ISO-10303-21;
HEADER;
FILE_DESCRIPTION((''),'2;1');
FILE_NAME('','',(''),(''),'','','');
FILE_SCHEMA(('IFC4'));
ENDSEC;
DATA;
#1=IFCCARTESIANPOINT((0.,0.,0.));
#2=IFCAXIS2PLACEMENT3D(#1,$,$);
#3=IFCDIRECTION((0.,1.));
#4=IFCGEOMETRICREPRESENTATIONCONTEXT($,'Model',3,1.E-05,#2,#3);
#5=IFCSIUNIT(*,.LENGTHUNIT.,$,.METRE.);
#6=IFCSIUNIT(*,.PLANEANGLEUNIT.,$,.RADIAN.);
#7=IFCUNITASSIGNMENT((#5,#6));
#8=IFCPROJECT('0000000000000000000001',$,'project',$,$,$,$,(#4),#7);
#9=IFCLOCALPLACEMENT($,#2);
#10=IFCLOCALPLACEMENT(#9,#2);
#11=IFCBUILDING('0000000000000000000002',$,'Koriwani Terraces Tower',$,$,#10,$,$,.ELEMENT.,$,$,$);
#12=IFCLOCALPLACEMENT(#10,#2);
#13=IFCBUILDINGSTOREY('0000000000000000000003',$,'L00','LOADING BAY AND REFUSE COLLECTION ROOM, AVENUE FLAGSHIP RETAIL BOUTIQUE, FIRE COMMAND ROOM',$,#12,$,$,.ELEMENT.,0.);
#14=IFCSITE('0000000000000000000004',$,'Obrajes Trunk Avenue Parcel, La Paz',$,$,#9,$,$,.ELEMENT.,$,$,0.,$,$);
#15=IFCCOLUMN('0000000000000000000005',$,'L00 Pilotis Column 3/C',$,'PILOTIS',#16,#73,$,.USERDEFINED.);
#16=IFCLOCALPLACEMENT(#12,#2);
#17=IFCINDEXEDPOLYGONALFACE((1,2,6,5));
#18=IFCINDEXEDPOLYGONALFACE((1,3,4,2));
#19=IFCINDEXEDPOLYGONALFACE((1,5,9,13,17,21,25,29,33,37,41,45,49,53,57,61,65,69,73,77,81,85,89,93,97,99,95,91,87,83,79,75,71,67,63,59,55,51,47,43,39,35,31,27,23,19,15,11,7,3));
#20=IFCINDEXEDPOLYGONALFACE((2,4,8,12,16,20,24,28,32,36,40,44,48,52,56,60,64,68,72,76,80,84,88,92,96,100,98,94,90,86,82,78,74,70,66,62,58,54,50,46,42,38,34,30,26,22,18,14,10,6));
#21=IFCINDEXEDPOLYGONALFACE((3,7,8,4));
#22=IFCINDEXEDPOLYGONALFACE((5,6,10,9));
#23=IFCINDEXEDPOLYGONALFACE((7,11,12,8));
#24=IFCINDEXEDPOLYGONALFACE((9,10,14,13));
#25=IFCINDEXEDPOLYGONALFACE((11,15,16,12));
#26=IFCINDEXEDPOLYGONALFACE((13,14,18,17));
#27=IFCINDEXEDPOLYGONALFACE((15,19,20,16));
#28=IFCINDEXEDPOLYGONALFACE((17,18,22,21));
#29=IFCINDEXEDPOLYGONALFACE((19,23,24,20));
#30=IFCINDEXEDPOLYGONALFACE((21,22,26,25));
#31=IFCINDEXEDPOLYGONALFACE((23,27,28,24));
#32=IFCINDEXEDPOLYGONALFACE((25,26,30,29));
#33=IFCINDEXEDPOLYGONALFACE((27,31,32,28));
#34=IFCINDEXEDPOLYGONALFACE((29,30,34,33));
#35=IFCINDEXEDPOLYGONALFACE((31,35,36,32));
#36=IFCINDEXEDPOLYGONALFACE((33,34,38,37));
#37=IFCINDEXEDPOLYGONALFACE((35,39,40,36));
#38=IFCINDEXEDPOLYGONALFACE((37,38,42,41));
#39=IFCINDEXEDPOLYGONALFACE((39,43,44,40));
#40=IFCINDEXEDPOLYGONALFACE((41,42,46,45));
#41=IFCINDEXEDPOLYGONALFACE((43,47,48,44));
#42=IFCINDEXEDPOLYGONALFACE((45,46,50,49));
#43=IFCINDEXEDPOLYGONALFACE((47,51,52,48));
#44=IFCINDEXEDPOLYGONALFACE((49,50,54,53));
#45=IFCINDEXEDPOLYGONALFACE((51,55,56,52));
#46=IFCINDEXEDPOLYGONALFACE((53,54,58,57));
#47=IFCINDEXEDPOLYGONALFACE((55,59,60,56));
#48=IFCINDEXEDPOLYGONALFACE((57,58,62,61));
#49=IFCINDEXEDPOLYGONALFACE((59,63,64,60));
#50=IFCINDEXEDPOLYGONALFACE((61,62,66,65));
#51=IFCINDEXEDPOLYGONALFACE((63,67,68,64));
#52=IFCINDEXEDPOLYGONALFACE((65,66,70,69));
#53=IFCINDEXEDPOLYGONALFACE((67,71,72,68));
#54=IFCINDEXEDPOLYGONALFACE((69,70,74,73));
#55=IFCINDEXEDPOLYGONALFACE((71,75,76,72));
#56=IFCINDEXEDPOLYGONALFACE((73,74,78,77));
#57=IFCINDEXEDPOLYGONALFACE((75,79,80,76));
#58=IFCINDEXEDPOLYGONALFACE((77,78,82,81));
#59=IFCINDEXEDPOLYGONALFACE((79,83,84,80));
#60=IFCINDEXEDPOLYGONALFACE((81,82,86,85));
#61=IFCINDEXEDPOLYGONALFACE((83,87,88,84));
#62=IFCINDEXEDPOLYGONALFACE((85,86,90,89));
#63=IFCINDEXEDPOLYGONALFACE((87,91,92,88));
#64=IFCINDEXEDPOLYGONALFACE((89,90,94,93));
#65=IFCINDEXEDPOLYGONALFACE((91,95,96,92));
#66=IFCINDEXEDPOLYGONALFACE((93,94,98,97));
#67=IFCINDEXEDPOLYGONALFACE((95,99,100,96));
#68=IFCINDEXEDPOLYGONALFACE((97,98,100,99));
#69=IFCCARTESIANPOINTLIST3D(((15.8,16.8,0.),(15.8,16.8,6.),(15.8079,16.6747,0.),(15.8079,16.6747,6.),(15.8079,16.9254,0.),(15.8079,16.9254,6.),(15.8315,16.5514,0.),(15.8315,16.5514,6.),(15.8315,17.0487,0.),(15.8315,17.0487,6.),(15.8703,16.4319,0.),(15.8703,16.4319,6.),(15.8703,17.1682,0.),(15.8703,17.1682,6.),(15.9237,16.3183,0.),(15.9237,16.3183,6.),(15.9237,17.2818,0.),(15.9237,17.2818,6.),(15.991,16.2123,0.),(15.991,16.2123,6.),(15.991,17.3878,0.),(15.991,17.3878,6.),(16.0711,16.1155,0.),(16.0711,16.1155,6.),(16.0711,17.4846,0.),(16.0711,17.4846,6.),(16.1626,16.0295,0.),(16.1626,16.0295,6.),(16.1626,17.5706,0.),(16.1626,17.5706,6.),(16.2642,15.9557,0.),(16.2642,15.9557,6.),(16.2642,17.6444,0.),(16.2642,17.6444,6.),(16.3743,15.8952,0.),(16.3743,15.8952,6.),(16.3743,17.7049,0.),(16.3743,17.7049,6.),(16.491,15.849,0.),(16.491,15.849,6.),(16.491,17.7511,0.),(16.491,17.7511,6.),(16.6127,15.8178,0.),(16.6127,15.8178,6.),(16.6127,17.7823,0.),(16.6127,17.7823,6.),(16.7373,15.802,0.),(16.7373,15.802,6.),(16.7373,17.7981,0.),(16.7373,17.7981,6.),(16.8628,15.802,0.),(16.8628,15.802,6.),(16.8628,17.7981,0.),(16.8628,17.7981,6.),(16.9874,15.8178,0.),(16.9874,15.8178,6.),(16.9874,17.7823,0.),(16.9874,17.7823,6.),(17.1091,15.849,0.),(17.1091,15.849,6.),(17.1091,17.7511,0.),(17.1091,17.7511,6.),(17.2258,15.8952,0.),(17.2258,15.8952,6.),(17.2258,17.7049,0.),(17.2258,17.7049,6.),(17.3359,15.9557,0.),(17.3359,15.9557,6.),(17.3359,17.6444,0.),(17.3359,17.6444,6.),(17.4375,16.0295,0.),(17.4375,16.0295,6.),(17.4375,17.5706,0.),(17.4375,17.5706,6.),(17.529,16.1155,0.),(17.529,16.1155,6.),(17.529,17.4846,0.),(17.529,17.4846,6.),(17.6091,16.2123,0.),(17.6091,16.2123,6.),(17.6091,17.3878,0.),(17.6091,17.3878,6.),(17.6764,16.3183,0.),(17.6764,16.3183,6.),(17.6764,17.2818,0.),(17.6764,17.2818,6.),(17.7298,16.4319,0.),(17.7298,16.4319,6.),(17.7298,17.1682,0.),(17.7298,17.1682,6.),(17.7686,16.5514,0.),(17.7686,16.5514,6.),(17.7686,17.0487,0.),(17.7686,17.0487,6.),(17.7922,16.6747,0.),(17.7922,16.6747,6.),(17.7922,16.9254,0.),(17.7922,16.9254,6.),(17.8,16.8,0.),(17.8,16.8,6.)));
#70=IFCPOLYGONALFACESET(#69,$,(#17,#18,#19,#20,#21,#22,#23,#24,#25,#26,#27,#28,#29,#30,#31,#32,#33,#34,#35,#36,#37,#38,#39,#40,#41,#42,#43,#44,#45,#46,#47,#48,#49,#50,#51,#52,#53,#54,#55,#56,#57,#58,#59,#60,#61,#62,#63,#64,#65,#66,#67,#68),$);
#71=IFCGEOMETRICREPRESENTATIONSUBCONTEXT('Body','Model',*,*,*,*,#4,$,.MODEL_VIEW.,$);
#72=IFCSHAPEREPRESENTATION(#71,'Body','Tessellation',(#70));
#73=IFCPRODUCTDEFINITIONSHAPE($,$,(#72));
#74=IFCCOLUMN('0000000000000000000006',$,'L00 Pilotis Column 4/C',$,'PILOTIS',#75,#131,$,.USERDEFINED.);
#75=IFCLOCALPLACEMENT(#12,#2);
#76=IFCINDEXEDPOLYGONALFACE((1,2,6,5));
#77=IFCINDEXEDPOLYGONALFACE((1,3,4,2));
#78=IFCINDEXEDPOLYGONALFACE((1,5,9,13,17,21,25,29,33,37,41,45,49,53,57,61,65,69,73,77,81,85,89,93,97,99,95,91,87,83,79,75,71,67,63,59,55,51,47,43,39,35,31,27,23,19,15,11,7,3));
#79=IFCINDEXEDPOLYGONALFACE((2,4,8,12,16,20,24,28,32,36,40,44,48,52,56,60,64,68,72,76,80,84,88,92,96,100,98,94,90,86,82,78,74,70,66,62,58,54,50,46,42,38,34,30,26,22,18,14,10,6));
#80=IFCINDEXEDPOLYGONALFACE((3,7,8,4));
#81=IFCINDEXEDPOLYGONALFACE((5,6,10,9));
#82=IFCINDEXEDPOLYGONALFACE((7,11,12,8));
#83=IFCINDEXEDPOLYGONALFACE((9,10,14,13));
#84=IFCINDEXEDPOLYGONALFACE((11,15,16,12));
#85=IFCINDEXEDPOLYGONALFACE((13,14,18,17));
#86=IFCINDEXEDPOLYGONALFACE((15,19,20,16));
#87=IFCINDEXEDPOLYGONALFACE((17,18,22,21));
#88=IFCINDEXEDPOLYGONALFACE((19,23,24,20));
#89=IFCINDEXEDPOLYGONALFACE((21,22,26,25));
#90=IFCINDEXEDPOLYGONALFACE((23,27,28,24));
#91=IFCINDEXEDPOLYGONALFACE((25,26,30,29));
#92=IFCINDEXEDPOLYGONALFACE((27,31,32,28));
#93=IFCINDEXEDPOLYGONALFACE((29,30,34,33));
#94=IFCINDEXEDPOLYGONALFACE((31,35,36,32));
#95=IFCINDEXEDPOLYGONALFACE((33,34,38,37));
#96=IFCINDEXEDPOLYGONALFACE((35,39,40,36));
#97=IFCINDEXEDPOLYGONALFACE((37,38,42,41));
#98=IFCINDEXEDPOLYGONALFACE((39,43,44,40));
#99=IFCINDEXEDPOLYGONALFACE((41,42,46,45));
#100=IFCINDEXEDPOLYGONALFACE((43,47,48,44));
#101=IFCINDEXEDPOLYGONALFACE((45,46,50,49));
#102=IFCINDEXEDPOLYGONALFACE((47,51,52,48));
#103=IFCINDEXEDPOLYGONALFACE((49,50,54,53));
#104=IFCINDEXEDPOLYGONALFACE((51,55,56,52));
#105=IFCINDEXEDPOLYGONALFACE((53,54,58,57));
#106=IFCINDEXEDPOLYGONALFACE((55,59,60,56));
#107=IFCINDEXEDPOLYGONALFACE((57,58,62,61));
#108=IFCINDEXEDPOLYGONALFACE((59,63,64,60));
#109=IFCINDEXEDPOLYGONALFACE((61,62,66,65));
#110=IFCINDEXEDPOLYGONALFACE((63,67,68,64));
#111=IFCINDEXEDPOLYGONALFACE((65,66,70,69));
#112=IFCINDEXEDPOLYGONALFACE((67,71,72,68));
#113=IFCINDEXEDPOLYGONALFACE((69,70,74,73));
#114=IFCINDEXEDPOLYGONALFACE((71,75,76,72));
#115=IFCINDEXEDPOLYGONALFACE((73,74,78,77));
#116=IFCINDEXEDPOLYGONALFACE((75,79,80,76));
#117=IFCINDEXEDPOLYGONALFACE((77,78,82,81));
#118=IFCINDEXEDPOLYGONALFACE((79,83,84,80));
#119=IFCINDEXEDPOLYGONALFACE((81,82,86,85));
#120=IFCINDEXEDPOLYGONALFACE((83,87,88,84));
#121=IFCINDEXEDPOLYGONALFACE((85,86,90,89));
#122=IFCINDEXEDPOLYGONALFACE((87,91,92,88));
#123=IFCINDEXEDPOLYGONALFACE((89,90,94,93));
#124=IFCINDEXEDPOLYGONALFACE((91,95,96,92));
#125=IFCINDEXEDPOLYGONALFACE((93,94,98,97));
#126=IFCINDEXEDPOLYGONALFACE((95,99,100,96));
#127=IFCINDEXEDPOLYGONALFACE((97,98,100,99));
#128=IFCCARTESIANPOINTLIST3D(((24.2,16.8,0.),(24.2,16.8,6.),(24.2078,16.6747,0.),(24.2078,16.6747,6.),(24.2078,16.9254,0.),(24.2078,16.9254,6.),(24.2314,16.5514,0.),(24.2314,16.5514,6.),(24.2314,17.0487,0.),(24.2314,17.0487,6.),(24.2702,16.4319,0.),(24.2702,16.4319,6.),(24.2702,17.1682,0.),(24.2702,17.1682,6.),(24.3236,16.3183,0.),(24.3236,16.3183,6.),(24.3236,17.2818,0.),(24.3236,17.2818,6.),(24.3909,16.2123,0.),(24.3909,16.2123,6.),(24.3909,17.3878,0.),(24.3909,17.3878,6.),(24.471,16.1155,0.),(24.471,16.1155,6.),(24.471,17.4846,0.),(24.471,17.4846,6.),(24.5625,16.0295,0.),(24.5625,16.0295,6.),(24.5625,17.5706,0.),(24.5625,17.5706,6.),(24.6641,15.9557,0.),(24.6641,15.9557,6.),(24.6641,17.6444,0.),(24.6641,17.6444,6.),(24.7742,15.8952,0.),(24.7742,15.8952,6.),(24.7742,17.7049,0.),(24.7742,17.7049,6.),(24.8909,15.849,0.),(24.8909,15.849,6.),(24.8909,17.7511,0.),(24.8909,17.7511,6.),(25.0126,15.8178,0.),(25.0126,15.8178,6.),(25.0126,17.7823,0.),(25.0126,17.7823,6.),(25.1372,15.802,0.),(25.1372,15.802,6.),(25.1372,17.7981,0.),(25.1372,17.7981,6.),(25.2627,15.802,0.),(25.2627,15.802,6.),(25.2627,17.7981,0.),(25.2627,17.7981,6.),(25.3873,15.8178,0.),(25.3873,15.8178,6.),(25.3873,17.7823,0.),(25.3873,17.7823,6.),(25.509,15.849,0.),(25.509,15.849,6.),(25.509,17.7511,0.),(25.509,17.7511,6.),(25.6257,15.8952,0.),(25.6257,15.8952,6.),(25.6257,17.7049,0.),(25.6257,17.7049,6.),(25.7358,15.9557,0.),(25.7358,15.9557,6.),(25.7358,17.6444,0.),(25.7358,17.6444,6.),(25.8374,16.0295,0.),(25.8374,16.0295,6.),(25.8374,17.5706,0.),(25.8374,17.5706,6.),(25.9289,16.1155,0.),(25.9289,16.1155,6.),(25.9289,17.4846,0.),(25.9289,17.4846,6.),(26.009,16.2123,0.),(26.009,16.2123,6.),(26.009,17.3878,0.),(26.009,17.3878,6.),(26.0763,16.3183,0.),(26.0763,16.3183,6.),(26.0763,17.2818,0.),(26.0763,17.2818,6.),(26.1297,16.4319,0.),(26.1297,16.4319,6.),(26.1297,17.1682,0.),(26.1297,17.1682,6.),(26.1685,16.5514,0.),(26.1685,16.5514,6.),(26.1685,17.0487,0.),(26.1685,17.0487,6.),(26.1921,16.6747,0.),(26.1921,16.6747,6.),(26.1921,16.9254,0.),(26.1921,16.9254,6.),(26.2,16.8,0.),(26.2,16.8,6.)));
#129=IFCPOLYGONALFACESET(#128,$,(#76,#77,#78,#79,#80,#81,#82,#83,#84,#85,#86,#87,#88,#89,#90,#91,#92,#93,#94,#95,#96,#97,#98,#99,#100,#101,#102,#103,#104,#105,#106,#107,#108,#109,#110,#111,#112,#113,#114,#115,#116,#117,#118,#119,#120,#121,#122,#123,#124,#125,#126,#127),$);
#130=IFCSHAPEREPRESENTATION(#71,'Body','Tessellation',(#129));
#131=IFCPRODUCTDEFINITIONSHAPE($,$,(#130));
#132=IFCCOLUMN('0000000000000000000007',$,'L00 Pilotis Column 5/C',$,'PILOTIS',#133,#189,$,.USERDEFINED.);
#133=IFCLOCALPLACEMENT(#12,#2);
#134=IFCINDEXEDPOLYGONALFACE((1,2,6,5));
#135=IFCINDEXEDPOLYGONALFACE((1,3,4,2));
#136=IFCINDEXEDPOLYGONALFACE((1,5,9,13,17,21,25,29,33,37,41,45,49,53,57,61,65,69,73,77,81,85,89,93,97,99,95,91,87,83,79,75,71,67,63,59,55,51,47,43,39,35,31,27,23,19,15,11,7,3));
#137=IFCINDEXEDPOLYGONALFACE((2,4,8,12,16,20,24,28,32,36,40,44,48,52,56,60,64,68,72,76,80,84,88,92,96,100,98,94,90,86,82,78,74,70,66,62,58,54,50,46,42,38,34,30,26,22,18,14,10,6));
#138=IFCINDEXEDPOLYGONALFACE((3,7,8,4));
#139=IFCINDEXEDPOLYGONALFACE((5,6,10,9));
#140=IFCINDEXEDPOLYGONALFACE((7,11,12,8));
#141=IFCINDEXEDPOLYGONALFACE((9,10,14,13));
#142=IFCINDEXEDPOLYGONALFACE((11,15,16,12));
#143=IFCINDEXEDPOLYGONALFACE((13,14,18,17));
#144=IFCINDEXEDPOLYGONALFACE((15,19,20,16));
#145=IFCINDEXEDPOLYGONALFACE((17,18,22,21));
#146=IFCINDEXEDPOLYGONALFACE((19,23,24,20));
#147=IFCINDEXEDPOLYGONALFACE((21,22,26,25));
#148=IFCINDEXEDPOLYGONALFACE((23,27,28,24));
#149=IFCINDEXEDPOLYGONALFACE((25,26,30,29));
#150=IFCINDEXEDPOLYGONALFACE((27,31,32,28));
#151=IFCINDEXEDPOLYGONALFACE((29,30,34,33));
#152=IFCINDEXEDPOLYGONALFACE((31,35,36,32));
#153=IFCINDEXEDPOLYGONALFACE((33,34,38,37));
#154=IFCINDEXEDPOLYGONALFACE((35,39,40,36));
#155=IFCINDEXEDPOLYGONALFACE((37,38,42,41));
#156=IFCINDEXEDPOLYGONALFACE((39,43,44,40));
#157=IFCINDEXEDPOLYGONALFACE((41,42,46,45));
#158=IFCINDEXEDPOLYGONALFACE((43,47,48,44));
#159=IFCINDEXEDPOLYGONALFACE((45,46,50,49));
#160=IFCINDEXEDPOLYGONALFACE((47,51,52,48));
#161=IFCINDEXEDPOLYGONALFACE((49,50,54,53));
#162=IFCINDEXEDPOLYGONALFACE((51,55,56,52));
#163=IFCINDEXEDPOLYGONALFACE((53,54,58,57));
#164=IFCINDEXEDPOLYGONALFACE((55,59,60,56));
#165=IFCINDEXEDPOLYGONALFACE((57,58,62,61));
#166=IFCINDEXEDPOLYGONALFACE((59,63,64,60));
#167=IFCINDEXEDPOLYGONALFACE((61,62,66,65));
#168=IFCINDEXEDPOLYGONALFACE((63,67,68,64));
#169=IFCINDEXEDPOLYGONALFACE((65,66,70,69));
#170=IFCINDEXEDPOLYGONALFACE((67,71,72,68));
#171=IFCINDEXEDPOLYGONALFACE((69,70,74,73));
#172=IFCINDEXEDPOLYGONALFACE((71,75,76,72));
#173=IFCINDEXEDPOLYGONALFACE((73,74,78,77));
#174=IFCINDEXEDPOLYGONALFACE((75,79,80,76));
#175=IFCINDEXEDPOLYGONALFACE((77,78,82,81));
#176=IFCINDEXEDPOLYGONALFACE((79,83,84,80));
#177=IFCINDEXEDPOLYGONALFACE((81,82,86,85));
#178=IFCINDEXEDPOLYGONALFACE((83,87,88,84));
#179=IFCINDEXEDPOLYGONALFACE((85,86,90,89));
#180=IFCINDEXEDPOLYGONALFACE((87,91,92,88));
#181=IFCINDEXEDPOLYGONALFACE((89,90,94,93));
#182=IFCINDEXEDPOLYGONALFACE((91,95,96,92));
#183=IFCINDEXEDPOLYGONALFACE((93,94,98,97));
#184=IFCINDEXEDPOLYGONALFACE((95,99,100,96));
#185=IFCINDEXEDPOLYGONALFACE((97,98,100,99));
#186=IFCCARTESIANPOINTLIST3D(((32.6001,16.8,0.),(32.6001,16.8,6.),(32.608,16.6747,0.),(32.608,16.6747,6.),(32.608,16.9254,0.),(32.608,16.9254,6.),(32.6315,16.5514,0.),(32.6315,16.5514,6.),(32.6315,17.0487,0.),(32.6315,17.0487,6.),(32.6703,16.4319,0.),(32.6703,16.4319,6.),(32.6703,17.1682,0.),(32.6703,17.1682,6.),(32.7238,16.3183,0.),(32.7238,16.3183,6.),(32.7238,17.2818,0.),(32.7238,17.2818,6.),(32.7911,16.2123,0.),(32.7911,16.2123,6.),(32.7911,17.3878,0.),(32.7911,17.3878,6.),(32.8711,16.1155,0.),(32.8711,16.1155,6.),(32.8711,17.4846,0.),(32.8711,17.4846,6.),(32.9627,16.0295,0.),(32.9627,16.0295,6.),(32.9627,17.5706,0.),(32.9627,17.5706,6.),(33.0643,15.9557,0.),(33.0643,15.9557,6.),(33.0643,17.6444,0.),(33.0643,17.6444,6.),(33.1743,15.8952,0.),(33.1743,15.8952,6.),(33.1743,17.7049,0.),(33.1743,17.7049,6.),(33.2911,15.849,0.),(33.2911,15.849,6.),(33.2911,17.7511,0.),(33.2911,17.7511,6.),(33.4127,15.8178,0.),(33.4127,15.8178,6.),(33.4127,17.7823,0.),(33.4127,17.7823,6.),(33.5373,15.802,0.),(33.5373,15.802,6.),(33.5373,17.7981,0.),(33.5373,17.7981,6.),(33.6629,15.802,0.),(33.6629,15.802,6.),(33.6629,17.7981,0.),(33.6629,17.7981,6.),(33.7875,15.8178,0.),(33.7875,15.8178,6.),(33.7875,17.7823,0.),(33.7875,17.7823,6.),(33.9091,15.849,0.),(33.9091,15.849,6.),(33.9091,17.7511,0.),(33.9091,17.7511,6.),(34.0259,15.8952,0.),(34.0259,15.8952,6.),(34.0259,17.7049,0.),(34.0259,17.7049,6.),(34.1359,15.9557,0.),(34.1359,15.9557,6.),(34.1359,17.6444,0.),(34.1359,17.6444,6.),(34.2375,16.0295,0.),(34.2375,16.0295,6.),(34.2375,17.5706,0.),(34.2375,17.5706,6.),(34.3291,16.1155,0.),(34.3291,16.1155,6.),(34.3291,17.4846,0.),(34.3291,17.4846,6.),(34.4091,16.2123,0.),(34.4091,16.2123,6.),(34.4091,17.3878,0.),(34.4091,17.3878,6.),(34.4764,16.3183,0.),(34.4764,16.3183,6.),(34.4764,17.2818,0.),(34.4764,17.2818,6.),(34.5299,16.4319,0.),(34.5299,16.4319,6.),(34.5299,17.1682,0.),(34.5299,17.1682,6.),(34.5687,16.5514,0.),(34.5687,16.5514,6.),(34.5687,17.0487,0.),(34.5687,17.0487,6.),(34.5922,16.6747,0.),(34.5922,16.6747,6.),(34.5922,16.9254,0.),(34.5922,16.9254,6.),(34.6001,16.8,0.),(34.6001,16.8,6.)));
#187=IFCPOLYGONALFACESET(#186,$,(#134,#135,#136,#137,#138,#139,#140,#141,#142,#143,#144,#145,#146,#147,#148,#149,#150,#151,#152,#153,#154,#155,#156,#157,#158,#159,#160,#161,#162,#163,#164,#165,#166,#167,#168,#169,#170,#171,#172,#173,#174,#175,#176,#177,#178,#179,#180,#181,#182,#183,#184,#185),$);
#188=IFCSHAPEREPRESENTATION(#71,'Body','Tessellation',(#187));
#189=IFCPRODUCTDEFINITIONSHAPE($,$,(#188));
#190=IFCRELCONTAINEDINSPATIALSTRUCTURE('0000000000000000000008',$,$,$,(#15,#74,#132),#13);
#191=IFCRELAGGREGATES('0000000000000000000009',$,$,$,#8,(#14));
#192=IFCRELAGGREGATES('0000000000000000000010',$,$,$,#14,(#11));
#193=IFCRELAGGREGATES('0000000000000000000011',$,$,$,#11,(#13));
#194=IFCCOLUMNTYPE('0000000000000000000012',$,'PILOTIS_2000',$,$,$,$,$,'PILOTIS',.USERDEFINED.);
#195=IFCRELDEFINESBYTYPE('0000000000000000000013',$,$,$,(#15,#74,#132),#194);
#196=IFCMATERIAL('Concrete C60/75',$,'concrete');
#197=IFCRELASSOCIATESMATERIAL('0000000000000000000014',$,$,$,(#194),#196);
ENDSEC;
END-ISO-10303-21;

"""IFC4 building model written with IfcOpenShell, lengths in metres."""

from ifc_helpers import new_model, si_unit, direction, frame, origin, origin_2d, place, context, subcontext, project, spatial, circle, extrude, material, material_profile, profile_set, type_object, element, save


model = new_model("IFC4")

# Units and contexts
model_context = context("Model", 3, precision=1e-05, world=origin(), true_north=direction((0.0, 1.0)))
body_context = subcontext(model_context, "Body", "Model", "MODEL_VIEW")
ifc_project = project(units=[si_unit("LENGTHUNIT", "METRE"), si_unit("PLANEANGLEUNIT", "RADIAN")], contexts=[model_context])

# Site, building, storey
site_placement = place(None, origin())
site = spatial("IfcSite", under=ifc_project, at=site_placement, Name="Obrajes Trunk Avenue Parcel, La Paz", CompositionType="ELEMENT", RefElevation=0.0)
building_placement = place(site_placement, origin())
building = spatial("IfcBuilding", under=site, at=building_placement, Name="Koriwani Terraces Tower", CompositionType="ELEMENT")
storey_placement = place(building_placement, origin())
storey = spatial("IfcBuildingStorey", under=building, at=storey_placement, Name="L00", Description="LOADING BAY AND REFUSE COLLECTION ROOM, AVENUE FLAGSHIP RETAIL BOUTIQUE, FIRE COMMAND ROOM", CompositionType="ELEMENT", Elevation=0.0)

# Columns
ifc_material_1 = material(Name="Concrete C60/75", Category="concrete")
ifc_material_profile_1 = material_profile(ifc_material_1, circle(Radius=1.0, at=origin_2d()), Name="Concrete C60/75", Category="LoadBearing")
ifc_profile_set_1 = profile_set([ifc_material_profile_1], Name="Concrete C60/75")
column_type_1 = type_object("IfcColumnType", Name="PILOTIS_2000", ElementType="PILOTIS", PredefinedType="USERDEFINED", material=ifc_profile_set_1)
for number, where, z_axis, x_axis, name in (
    (1, (16.8, 16.8, 0.0), (0.0, 0.0, 1.0), (1.0, 0.0, 0.0), "L00 Pilotis Column 3/C"),
    (2, (25.2, 16.8, 0.0), (0.0, 0.0, 1.0), (1.0, 0.0, 0.0), "L00 Pilotis Column 4/C"),
    (3, (33.6001, 16.8, 0.0), (0.0, 0.0, 1.0), (1.0, 0.0, 0.0), "L00 Pilotis Column 5/C"),
):
    element("IfcColumn", number, at=place(storey_placement, frame(where, z_axis=z_axis, x_axis=x_axis)), inside=storey, type_object=column_type_1, Name=name, ObjectType="PILOTIS", PredefinedType="USERDEFINED", context=body_context, shape_type="SweptSolid", body=[
        extrude(circle(Radius=1.0, at=origin_2d()), origin(), (0.0, 0.0, 1.0), 6.0),
    ])

save(model, "model.ifc")
